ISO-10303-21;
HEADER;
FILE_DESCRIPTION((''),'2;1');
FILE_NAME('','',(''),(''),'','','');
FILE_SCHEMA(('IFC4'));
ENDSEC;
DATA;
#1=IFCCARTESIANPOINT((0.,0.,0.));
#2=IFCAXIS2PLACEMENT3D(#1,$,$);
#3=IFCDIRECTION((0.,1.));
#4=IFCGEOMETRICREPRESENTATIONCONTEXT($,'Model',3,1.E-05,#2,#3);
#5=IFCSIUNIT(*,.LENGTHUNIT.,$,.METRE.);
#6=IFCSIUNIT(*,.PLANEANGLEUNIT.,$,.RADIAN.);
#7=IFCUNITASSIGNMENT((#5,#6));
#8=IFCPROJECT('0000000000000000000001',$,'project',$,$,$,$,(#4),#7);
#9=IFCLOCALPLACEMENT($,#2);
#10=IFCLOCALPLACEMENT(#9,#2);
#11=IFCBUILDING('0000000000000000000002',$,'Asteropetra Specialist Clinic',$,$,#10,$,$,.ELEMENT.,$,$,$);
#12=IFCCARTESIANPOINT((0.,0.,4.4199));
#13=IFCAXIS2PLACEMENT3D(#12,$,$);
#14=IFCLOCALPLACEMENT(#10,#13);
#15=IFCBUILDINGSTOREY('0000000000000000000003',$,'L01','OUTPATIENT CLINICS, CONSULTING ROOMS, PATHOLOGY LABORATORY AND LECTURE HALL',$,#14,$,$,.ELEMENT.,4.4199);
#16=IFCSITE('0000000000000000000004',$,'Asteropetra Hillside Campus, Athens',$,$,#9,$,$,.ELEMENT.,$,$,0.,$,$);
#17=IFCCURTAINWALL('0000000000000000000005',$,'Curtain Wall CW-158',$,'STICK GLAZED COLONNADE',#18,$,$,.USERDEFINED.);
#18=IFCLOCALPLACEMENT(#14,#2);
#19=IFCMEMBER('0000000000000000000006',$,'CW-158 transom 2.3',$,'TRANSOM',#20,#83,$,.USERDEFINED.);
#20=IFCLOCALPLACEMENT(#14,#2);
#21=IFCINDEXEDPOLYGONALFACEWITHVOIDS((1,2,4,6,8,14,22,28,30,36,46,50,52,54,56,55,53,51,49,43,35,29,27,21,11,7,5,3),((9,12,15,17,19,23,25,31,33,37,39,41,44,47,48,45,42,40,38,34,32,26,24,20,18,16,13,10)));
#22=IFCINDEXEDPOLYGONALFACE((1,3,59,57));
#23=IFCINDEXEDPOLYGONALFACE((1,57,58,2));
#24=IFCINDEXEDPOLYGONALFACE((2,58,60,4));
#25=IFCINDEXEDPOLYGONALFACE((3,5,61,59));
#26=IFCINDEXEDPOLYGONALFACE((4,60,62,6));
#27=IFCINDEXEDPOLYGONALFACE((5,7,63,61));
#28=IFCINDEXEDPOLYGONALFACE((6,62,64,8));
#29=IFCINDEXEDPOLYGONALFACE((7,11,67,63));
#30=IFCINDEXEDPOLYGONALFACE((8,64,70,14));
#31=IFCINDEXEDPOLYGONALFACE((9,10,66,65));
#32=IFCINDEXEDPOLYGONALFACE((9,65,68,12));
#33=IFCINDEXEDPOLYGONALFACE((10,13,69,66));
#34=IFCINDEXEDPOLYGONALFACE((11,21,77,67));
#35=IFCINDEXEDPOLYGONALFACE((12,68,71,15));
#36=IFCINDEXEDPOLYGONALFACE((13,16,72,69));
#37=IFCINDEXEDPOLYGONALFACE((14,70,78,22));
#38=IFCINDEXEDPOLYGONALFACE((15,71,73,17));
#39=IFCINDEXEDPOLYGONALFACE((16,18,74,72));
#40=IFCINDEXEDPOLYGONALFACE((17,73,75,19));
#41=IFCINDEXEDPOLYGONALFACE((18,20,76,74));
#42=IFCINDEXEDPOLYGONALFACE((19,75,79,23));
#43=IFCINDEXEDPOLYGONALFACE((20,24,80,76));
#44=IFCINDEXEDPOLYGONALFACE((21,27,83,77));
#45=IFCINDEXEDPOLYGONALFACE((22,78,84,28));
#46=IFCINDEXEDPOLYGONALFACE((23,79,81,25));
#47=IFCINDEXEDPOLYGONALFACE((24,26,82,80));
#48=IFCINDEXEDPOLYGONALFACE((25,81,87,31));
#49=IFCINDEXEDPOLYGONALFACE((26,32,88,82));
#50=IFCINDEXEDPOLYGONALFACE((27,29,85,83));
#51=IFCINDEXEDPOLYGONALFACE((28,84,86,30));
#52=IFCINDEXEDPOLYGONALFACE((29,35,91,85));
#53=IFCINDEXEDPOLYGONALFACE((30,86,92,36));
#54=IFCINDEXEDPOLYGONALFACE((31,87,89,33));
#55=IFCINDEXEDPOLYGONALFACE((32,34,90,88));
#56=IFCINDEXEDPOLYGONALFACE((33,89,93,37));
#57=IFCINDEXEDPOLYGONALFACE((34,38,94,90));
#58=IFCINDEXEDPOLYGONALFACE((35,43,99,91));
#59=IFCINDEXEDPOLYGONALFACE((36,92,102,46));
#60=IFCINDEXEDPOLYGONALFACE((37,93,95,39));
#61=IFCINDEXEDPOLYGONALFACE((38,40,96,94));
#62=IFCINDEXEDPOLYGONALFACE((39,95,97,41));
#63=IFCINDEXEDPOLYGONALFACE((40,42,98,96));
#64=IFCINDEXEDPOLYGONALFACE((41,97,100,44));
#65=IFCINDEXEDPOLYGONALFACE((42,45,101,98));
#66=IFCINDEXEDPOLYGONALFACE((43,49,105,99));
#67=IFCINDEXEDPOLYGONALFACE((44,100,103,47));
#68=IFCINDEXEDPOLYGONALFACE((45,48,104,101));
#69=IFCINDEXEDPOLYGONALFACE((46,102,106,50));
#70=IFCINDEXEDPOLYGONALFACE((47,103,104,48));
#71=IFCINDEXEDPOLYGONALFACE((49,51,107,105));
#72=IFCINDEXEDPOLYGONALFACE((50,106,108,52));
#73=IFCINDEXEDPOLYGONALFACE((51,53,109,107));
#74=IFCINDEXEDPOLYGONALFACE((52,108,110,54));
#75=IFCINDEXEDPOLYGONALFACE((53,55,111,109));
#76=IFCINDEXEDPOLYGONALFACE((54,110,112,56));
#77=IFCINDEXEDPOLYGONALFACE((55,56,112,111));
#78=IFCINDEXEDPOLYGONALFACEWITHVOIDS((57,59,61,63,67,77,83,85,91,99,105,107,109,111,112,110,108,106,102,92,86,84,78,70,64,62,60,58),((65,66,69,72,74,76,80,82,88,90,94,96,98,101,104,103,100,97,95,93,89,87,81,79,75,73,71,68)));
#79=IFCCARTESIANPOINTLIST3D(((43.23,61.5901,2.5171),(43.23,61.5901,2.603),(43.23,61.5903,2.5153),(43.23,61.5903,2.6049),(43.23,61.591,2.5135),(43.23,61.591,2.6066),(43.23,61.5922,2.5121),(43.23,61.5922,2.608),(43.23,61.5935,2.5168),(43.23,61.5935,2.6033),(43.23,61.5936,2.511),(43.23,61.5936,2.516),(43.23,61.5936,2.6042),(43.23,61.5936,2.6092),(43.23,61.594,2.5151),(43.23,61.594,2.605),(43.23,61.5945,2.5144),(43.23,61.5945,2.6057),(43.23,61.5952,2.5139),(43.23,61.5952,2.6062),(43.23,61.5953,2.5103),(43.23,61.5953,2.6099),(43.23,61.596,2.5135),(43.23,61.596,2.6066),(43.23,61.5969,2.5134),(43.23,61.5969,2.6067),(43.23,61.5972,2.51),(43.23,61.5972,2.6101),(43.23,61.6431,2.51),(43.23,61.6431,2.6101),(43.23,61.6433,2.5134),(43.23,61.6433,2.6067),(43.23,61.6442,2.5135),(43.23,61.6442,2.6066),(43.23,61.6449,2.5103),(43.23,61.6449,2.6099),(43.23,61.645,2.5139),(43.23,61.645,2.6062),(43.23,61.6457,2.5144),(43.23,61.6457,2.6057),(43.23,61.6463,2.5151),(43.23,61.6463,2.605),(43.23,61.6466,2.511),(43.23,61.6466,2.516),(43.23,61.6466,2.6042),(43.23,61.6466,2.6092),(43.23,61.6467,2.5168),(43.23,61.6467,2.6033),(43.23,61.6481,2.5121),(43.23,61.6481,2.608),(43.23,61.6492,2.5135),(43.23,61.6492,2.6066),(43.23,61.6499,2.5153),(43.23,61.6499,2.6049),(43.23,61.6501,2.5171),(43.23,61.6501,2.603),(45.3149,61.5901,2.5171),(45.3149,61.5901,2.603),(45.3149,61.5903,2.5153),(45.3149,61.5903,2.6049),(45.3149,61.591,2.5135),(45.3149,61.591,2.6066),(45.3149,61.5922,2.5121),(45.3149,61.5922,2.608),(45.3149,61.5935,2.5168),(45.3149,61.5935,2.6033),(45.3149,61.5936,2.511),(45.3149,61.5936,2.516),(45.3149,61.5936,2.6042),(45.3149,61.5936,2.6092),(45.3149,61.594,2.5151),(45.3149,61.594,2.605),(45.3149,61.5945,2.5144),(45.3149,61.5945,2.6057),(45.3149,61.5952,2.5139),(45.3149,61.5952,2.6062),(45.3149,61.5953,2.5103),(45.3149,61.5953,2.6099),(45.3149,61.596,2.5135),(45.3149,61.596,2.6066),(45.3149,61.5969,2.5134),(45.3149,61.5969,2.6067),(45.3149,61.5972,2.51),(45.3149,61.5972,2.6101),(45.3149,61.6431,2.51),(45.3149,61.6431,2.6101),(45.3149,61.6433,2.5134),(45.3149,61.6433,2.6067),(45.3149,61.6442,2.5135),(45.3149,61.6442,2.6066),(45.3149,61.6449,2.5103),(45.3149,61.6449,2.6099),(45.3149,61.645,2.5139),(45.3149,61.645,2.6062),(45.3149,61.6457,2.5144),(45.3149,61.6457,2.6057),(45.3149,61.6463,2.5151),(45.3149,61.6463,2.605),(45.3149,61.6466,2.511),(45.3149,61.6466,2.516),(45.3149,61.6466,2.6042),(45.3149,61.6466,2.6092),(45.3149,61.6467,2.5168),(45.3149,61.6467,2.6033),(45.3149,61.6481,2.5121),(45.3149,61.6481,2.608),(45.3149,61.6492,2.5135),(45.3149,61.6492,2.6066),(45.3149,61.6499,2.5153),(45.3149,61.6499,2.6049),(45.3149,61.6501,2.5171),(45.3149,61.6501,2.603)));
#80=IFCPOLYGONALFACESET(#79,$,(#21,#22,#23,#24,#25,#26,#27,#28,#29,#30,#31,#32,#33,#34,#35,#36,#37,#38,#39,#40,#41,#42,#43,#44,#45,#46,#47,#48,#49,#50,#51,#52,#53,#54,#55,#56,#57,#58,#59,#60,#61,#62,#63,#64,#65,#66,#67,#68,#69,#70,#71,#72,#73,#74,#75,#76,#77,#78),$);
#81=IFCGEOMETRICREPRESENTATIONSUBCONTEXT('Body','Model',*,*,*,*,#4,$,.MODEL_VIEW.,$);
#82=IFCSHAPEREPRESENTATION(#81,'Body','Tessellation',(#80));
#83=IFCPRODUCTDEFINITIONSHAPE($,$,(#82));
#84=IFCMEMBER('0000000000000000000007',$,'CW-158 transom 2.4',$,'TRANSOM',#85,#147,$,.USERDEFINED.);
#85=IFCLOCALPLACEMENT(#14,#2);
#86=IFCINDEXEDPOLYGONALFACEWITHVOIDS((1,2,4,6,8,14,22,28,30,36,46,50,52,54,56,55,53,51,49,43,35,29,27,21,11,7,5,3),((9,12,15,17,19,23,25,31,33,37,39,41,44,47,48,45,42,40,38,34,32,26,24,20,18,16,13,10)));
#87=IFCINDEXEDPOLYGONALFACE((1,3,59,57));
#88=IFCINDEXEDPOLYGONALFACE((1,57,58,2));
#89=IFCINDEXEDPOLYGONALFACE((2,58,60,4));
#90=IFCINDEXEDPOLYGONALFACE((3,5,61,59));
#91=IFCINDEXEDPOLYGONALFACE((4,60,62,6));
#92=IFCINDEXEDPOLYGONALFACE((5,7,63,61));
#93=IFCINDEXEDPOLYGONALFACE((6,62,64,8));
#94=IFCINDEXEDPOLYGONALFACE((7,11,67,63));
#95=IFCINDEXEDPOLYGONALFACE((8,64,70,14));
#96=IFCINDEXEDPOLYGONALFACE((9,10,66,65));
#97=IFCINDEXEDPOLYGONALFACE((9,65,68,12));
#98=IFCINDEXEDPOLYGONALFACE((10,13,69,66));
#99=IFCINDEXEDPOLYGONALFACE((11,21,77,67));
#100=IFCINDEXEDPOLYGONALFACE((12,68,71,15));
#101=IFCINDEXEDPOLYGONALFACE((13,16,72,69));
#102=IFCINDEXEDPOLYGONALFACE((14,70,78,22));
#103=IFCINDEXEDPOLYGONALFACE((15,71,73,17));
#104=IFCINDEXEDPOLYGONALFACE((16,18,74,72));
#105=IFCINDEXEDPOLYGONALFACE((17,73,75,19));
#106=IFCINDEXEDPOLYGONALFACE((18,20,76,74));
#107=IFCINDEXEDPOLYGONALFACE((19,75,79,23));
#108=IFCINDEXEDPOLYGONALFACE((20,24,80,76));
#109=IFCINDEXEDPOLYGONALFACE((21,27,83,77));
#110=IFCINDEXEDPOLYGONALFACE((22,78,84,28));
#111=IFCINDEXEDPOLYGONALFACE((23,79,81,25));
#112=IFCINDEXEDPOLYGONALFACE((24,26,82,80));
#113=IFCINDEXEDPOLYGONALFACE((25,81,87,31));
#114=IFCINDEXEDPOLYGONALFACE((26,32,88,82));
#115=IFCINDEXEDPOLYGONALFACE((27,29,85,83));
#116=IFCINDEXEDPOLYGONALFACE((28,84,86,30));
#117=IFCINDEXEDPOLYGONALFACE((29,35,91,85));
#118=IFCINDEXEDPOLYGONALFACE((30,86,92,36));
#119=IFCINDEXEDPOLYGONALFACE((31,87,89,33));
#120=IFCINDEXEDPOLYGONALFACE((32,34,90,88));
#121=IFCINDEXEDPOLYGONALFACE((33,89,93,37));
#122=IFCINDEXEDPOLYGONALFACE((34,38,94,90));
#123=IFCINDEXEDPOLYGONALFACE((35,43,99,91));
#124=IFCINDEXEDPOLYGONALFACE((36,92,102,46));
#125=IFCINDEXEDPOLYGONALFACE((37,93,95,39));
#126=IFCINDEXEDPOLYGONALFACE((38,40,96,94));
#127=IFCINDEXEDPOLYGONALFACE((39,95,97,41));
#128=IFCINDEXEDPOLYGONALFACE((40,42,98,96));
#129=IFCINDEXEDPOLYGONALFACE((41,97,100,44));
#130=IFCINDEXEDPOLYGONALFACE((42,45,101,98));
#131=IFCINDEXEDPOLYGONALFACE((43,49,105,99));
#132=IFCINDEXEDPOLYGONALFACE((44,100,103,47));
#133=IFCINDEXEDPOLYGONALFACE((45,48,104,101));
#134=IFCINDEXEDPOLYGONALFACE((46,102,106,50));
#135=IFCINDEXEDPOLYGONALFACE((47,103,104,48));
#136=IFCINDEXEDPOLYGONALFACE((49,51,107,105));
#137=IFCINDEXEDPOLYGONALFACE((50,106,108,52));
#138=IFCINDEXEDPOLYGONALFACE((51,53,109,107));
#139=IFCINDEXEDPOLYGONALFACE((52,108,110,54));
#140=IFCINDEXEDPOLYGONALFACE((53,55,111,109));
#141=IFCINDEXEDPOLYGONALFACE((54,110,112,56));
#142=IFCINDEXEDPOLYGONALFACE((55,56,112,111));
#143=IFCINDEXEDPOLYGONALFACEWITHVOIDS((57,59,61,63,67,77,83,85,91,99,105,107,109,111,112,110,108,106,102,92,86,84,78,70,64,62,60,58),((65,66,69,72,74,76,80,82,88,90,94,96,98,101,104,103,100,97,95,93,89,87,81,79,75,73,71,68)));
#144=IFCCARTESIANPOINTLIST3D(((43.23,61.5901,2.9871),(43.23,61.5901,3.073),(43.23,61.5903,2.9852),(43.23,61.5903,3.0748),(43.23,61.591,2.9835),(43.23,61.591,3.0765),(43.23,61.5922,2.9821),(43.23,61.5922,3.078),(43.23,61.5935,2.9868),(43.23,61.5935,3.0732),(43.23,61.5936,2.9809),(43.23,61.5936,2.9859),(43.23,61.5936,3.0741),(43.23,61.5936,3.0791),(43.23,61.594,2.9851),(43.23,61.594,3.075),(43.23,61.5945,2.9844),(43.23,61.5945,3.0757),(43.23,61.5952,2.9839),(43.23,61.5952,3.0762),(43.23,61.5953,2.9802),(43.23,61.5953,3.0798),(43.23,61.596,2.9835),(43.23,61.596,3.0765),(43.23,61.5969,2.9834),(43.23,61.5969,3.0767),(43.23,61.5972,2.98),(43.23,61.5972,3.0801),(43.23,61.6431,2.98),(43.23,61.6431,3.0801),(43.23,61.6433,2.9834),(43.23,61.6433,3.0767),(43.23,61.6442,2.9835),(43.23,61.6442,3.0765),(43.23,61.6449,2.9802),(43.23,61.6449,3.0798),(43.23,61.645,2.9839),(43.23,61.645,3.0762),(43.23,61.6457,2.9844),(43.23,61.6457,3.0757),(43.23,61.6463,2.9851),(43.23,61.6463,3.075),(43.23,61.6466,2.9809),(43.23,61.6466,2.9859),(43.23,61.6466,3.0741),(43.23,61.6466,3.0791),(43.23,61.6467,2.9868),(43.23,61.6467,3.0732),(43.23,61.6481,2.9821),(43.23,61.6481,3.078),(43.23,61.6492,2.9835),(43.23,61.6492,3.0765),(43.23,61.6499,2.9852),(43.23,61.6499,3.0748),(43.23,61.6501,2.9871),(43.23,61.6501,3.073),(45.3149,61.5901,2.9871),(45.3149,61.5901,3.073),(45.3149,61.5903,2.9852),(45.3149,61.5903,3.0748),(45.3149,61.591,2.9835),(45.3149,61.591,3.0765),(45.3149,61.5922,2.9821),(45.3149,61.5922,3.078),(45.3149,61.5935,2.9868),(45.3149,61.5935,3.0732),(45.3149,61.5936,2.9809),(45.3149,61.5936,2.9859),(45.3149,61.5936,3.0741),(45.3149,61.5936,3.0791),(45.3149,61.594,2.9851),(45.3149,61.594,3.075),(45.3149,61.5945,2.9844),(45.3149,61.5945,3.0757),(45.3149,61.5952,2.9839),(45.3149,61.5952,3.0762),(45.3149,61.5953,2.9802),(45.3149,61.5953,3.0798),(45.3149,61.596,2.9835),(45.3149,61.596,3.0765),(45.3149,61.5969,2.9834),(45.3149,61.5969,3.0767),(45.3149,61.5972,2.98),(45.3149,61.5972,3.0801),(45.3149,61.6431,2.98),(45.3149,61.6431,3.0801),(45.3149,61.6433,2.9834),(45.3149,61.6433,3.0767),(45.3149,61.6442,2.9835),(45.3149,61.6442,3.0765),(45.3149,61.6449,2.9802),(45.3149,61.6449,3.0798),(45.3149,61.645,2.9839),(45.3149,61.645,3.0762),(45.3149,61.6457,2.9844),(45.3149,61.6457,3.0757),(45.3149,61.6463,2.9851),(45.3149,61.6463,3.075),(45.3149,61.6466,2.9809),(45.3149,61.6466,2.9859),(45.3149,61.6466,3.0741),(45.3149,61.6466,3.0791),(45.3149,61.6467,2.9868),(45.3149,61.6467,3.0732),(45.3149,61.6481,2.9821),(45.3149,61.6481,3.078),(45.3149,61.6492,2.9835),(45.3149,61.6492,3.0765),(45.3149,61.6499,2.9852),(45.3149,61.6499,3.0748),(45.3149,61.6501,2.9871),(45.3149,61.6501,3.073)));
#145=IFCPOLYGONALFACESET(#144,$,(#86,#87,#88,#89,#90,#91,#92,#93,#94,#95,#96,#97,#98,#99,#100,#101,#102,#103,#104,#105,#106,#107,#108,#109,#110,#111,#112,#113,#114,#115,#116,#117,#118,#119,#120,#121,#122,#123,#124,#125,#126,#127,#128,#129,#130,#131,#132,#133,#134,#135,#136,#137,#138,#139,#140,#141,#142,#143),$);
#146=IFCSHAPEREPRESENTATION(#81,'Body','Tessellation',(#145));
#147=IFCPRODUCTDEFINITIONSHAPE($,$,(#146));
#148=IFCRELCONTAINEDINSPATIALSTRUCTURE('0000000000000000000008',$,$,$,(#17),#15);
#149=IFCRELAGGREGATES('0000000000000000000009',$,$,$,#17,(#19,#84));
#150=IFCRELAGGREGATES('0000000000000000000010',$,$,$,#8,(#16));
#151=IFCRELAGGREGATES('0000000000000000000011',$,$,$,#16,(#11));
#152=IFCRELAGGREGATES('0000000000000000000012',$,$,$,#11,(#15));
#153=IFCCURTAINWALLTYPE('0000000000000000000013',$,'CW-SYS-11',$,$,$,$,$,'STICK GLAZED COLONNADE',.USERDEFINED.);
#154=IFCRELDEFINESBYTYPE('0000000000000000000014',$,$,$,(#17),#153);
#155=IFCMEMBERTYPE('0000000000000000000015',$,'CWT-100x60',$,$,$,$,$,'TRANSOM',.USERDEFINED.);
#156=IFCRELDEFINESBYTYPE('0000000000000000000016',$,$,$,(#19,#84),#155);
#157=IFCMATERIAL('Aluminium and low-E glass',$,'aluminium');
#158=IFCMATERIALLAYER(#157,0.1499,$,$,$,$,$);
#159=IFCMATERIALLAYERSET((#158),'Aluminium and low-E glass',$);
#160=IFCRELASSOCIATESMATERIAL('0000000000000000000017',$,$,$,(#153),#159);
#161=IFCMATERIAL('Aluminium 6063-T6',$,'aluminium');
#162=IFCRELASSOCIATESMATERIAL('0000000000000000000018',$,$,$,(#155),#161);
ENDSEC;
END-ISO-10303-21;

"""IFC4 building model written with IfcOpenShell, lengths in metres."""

from ifc_helpers import new_model, si_unit, direction, frame, origin, origin_2d, place, context, subcontext, project, spatial, hollow_rectangle, extrude, material, layer, layer_set, material_profile, profile_set, type_object, element, aggregate, save


model = new_model("IFC4")

# Units and contexts
model_context = context("Model", 3, precision=1e-05, world=origin(), true_north=direction((0.0, 1.0)))
body_context = subcontext(model_context, "Body", "Model", "MODEL_VIEW")
ifc_project = project(units=[si_unit("LENGTHUNIT", "METRE"), si_unit("PLANEANGLEUNIT", "RADIAN")], contexts=[model_context])

# Site, building, storey
site_placement = place(None, origin())
site = spatial("IfcSite", under=ifc_project, at=site_placement, Name="Asteropetra Hillside Campus, Athens", CompositionType="ELEMENT", RefElevation=0.0)
building_placement = place(site_placement, origin())
building = spatial("IfcBuilding", under=site, at=building_placement, Name="Asteropetra Specialist Clinic", CompositionType="ELEMENT")
storey_placement = place(building_placement, frame((0.0, 0.0, 4.4199)))
storey = spatial("IfcBuildingStorey", under=building, at=storey_placement, Name="L01", Description="OUTPATIENT CLINICS, CONSULTING ROOMS, PATHOLOGY LABORATORY AND LECTURE HALL", CompositionType="ELEMENT", Elevation=4.4199)

# Curtain wall
ifc_material_1 = material(Name="Aluminium and low-E glass", Category="aluminium")
ifc_layer_1 = layer(ifc_material_1, 0.1499)
ifc_layer_set_1 = layer_set([ifc_layer_1], Name="Aluminium and low-E glass")
curtain_wall_type_1 = type_object("IfcCurtainWallType", Name="CW-SYS-11", ElementType="STICK GLAZED COLONNADE", PredefinedType="USERDEFINED", material=ifc_layer_set_1)
curtain_wall_1_placement = place(storey_placement, origin())
curtain_wall_1 = element("IfcCurtainWall", 1, at=curtain_wall_1_placement, inside=storey, type_object=curtain_wall_type_1, Name="Curtain Wall CW-158", ObjectType="STICK GLAZED COLONNADE", PredefinedType="USERDEFINED")

# Members
ifc_material_2 = material(Name="Aluminium 6063-T6", Category="aluminium")
ifc_material_profile_1 = material_profile(ifc_material_2, hollow_rectangle(XDim=0.0601, YDim=0.1001, WallThickness=0.0034, InnerFilletRadius=0.0034, OuterFilletRadius=0.0071, at=origin_2d()), Name="TRN 100x60x3.5")
ifc_profile_set_1 = profile_set([ifc_material_profile_1], Name="Aluminium 6063-T6")
member_type_1 = type_object("IfcMemberType", Name="CWT-100x60", ElementType="TRANSOM", PredefinedType="USERDEFINED", material=ifc_profile_set_1)
member_1_placement = place(storey_placement, frame((45.3149, 61.6201, 2.5601), z_axis=(-1.0, 0.0, 0.0), x_axis=(0.0, -1.0, 0.0)))
member_1 = element("IfcMember", 2, at=member_1_placement, type_object=member_type_1, Name="CW-158 transom 2.3", ObjectType="TRANSOM", PredefinedType="USERDEFINED", context=body_context, shape_type="SweptSolid", body=[
    extrude(hollow_rectangle(XDim=0.0601, YDim=0.1001, WallThickness=0.0034, InnerFilletRadius=0.0034, OuterFilletRadius=0.0071, at=origin_2d()), origin(), (0.0, 0.0, 1.0), 2.085),
])
member_2_placement = place(storey_placement, frame((45.3149, 61.6201, 3.03), z_axis=(-1.0, 0.0, 0.0), x_axis=(0.0, -1.0, 0.0)))
member_2 = element("IfcMember", 3, at=member_2_placement, type_object=member_type_1, Name="CW-158 transom 2.4", ObjectType="TRANSOM", PredefinedType="USERDEFINED", context=body_context, shape_type="SweptSolid", body=[
    extrude(hollow_rectangle(XDim=0.0601, YDim=0.1001, WallThickness=0.0034, InnerFilletRadius=0.0034, OuterFilletRadius=0.0071, at=origin_2d()), origin(), (0.0, 0.0, 1.0), 2.085),
])

aggregate(curtain_wall_1, [member_1, member_2])

save(model, "model.ifc")
